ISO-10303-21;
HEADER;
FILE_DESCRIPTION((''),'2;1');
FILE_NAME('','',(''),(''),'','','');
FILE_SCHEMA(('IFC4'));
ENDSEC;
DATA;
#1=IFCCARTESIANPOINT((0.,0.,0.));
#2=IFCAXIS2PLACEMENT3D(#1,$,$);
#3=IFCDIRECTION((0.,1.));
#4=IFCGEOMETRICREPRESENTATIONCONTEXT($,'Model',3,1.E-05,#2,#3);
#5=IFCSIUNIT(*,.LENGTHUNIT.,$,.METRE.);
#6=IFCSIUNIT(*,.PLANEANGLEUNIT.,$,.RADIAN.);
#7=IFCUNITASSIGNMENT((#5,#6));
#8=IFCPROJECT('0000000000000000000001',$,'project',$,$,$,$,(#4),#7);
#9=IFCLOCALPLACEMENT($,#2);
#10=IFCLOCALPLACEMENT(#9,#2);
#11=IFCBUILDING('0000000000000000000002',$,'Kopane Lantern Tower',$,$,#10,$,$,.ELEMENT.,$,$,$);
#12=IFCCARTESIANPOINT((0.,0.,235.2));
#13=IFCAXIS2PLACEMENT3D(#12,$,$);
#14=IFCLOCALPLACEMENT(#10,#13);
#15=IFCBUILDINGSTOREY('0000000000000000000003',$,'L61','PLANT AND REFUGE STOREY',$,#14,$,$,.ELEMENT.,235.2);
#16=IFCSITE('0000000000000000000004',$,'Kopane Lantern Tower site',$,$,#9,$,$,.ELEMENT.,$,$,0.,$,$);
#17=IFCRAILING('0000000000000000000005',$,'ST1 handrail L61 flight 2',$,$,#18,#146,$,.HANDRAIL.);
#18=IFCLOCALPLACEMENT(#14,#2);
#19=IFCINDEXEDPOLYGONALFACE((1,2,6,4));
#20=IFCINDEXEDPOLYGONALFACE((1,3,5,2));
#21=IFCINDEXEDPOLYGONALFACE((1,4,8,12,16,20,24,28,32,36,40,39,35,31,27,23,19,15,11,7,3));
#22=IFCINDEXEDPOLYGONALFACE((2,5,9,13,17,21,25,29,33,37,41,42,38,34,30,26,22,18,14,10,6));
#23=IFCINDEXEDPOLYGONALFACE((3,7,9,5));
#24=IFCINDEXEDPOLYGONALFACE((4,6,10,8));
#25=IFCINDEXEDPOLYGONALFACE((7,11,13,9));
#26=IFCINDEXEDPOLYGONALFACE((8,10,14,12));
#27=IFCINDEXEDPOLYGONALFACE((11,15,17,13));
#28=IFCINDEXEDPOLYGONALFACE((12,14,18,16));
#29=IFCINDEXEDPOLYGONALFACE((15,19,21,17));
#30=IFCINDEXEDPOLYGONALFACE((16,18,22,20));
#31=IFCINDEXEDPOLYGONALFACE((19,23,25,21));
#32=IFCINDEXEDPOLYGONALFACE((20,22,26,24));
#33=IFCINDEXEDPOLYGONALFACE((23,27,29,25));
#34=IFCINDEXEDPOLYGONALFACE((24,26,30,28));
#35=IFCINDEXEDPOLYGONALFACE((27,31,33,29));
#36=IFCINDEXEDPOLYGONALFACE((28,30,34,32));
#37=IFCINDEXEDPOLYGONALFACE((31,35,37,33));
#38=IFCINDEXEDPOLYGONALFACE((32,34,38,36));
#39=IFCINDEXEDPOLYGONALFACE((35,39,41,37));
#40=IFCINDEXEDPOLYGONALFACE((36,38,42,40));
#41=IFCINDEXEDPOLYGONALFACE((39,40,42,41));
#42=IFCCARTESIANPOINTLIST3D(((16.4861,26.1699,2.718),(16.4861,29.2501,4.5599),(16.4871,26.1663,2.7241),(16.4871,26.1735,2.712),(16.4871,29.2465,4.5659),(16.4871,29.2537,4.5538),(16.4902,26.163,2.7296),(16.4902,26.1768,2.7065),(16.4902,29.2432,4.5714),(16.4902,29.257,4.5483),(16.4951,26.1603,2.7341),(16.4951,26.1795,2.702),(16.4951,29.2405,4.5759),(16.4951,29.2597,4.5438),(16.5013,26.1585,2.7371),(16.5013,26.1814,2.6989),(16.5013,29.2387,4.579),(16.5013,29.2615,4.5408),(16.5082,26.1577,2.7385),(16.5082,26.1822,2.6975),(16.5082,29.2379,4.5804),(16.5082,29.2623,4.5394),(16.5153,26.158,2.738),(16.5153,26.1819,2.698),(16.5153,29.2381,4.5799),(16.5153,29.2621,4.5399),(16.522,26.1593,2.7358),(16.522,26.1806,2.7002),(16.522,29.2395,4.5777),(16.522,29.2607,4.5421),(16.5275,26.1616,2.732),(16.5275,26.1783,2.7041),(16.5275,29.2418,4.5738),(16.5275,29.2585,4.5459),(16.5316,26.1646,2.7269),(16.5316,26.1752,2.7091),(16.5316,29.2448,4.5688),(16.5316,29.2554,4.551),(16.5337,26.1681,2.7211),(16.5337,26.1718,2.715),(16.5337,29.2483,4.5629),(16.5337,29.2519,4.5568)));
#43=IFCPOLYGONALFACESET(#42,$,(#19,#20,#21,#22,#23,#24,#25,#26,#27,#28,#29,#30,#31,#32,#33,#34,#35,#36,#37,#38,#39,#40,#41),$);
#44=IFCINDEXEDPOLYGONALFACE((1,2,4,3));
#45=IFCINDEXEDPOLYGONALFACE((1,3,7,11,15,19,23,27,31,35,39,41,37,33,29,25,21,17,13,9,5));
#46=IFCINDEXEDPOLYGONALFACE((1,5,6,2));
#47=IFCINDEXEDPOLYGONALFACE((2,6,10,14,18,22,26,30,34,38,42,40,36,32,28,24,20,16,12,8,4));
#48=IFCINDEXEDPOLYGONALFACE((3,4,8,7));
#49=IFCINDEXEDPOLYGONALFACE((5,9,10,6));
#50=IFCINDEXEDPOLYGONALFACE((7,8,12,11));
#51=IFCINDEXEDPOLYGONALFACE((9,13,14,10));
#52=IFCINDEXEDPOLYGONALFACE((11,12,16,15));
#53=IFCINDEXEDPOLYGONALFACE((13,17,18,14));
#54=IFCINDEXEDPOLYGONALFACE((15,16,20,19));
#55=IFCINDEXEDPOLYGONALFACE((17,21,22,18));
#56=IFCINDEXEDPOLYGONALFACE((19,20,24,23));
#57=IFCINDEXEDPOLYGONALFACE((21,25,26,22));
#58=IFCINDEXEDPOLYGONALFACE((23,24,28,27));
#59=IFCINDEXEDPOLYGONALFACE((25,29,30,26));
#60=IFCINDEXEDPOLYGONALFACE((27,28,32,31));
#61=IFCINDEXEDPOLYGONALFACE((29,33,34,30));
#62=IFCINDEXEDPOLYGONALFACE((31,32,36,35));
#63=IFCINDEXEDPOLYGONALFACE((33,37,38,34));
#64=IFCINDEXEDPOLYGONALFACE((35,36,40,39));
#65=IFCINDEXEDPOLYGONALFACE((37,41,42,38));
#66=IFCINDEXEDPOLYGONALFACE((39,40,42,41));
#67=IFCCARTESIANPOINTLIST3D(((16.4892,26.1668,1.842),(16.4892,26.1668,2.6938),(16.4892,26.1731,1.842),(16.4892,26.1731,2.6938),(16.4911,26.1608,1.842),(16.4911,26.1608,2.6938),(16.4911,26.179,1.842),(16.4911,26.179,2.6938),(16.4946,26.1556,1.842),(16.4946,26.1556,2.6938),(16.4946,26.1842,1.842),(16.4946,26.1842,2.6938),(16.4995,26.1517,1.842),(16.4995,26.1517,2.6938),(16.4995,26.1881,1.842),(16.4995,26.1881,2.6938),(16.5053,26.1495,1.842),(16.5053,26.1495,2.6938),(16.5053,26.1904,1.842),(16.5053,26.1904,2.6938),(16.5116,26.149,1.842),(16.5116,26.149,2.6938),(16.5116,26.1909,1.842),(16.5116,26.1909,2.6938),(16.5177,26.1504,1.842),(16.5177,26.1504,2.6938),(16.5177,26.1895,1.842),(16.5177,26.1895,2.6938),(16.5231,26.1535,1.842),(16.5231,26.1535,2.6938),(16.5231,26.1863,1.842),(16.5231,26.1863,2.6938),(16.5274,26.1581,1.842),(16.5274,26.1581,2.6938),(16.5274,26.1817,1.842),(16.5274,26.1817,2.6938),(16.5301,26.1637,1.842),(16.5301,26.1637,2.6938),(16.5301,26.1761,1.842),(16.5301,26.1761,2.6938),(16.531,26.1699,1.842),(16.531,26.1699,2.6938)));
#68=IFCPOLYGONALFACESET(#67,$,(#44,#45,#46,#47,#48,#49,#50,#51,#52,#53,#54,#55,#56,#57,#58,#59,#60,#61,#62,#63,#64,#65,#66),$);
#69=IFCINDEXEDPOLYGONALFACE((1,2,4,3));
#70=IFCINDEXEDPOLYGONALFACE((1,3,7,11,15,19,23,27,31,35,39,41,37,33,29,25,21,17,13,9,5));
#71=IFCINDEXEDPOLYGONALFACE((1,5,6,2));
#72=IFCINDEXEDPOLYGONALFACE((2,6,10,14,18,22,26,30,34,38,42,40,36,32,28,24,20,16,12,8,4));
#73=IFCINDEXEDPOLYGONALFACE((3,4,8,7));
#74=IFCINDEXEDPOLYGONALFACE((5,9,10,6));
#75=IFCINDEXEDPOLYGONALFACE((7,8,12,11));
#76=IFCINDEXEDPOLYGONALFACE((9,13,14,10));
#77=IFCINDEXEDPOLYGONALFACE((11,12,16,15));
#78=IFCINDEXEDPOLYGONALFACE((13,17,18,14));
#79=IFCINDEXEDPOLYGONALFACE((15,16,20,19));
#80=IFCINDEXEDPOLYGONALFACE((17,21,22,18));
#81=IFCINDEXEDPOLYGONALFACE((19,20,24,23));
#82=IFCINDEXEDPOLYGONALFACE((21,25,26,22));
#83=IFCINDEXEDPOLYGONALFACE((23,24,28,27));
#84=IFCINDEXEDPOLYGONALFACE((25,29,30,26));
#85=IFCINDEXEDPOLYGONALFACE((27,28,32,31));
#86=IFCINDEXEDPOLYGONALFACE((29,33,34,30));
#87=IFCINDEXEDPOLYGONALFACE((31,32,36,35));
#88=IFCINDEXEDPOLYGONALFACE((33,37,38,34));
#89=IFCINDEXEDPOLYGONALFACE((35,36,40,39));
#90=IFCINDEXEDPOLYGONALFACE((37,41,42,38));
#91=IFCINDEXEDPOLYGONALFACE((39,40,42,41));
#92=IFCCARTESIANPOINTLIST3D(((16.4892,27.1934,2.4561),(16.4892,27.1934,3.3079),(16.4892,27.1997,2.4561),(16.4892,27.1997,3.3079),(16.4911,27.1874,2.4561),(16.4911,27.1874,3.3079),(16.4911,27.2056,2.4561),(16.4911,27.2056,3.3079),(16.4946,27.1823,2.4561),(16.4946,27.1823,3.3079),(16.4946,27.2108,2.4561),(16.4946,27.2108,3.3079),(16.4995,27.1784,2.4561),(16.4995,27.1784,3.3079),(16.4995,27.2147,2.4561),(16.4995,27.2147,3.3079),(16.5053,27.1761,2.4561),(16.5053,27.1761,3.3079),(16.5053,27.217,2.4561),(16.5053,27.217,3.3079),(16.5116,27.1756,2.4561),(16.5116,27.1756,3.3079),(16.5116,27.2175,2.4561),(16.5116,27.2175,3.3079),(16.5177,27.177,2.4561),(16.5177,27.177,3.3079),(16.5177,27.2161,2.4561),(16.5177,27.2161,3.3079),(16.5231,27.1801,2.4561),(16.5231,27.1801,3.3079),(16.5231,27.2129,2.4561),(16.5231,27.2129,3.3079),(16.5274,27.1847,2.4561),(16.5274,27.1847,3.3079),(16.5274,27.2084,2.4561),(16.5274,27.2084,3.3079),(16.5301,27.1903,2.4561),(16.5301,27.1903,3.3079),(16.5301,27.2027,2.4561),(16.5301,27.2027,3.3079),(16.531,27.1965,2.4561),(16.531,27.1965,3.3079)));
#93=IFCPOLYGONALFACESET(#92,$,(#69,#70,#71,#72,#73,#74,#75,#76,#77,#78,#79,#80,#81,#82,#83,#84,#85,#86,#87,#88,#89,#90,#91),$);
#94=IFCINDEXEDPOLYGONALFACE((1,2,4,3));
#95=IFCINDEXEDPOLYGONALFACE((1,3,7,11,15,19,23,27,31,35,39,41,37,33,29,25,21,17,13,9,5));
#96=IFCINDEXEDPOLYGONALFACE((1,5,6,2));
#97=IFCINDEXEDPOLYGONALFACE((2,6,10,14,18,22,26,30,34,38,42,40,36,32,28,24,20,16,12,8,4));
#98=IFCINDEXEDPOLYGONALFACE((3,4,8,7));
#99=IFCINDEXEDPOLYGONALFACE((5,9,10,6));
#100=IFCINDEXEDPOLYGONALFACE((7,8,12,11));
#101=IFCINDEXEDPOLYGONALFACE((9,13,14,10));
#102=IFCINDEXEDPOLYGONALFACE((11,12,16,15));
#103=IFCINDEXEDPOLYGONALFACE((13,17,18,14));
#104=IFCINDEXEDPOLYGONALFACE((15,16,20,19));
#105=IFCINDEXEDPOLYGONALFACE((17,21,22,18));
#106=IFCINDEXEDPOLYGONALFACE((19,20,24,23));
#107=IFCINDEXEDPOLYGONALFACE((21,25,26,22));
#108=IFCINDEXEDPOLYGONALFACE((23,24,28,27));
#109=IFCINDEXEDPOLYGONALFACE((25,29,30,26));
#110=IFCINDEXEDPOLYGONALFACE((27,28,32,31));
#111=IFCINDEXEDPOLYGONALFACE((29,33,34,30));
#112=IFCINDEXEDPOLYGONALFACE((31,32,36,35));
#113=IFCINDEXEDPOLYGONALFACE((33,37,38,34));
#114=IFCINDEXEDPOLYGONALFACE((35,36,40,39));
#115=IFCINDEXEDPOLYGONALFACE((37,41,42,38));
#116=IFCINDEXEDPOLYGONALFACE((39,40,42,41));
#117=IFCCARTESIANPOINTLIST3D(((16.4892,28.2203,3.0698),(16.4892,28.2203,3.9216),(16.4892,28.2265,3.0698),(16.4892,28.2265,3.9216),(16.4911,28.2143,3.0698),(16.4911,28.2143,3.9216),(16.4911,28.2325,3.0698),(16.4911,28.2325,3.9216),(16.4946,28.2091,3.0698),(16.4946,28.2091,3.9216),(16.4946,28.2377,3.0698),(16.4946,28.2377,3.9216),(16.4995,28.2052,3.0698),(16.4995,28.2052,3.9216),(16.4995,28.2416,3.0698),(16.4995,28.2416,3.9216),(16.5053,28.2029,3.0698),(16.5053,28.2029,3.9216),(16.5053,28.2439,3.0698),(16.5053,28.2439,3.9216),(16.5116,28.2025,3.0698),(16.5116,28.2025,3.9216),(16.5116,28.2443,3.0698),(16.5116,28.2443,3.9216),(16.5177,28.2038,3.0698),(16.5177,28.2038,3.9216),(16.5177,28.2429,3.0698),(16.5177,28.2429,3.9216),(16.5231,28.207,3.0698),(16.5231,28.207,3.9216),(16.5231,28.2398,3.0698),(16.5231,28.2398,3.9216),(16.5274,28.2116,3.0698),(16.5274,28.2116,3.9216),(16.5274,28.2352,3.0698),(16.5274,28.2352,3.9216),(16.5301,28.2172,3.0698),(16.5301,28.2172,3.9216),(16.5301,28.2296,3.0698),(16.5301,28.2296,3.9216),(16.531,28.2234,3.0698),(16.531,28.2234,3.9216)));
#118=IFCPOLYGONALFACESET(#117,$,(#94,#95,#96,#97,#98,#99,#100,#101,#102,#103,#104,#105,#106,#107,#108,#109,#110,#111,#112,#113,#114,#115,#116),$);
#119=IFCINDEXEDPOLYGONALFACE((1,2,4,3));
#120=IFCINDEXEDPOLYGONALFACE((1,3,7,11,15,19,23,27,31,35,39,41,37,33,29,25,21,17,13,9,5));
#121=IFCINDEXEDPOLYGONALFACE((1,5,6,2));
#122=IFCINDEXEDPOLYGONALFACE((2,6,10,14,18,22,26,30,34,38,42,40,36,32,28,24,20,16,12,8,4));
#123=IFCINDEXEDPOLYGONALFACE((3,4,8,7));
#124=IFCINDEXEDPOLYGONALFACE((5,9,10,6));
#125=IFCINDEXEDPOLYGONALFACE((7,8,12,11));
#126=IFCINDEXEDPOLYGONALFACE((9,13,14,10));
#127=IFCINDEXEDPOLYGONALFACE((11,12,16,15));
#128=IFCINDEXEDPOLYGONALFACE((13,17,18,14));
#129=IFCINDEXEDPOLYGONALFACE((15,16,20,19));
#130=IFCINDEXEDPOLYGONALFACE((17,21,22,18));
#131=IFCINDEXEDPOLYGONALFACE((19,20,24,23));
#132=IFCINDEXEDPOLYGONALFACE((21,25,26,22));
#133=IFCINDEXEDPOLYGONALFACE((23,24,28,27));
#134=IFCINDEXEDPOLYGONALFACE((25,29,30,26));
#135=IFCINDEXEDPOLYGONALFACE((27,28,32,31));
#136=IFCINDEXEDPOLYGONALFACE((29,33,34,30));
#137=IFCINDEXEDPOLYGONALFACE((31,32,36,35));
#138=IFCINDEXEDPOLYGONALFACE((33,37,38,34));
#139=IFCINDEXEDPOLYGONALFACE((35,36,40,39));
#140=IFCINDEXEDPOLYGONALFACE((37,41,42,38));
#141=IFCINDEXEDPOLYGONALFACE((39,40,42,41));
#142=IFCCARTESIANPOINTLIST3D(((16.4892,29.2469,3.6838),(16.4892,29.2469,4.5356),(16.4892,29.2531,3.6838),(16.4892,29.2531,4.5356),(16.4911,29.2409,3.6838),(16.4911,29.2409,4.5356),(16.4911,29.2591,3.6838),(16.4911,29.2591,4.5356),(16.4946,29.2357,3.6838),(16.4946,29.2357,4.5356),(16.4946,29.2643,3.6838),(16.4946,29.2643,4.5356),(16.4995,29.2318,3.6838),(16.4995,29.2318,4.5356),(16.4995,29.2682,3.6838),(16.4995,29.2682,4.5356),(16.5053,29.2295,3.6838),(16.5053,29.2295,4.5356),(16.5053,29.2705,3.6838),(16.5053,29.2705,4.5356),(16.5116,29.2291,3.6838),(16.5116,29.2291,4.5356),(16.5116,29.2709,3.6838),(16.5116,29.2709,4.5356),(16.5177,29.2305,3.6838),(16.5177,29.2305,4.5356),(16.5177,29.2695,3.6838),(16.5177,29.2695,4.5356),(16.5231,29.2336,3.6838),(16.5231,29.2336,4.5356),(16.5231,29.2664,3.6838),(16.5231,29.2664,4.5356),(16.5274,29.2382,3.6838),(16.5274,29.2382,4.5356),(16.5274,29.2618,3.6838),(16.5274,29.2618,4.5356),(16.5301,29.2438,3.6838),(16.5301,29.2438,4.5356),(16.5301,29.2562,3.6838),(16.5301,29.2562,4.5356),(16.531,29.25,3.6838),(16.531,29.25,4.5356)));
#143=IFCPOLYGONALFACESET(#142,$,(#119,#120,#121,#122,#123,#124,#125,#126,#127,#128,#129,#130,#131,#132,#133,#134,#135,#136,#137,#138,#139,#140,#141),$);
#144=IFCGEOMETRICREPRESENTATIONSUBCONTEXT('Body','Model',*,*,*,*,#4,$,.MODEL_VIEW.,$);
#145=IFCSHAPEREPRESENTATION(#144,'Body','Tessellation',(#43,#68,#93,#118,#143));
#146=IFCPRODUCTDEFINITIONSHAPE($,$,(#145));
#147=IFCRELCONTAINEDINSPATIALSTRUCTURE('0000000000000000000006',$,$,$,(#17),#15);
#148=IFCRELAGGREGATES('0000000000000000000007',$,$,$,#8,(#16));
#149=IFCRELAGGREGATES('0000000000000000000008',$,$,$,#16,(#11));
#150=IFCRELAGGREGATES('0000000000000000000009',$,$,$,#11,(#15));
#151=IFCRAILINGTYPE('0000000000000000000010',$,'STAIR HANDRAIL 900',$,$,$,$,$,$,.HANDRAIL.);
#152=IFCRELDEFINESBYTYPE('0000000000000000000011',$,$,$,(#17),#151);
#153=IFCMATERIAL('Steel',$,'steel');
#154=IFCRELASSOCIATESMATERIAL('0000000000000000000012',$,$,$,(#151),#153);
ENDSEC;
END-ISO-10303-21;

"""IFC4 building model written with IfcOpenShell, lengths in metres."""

from ifc_helpers import new_model, si_unit, direction, frame, origin, origin_2d, place, context, subcontext, project, spatial, circle, extrude, material, type_object, element, save


model = new_model("IFC4")

# Units and contexts
model_context = context("Model", 3, precision=1e-05, world=origin(), true_north=direction((0.0, 1.0)))
body_context = subcontext(model_context, "Body", "Model", "MODEL_VIEW")
ifc_project = project(units=[si_unit("LENGTHUNIT", "METRE"), si_unit("PLANEANGLEUNIT", "RADIAN")], contexts=[model_context])

# Site, building, storey
site_placement = place(None, origin())
site = spatial("IfcSite", under=ifc_project, at=site_placement, Name="Kopane Lantern Tower site", CompositionType="ELEMENT", RefElevation=0.0)
building_placement = place(site_placement, origin())
building = spatial("IfcBuilding", under=site, at=building_placement, Name="Kopane Lantern Tower", CompositionType="ELEMENT")
storey_placement = place(building_placement, frame((0.0, 0.0, 235.2)))
storey = spatial("IfcBuildingStorey", under=building, at=storey_placement, Name="L61", Description="PLANT AND REFUGE STOREY", CompositionType="ELEMENT", Elevation=235.2)

# Railing
ifc_material_1 = material(Name="Steel", Category="steel")
railing_type = type_object("IfcRailingType", Name="STAIR HANDRAIL 900", PredefinedType="HANDRAIL", material=ifc_material_1)
for number, where, name in (
    (1, (16.51, 26.1699, 1.842), "ST1 handrail L61 flight 2"),
):
    element("IfcRailing", number, at=place(storey_placement, frame(where)), inside=storey, type_object=railing_type, Name=name, PredefinedType="HANDRAIL", context=body_context, shape_type="SweptSolid", body=[
        extrude(circle(Radius=0.0239, at=origin_2d()), frame((0.0, 0.0, 0.876), z_axis=(0.0, 0.85826, 0.513215), x_axis=(-1.0, 0.0, 0.0)), (0.0, 0.0, 1.0), 3.5889),
        extrude(circle(Radius=0.021, at=origin_2d()), origin(), (0.0, 0.0, 1.0), 0.8518),
        extrude(circle(Radius=0.021, at=origin_2d()), frame((0.0, 1.0266, 0.614)), (0.0, 0.0, 1.0), 0.8518),
        extrude(circle(Radius=0.021, at=origin_2d()), frame((0.0, 2.0535, 1.2278)), (0.0, 0.0, 1.0), 0.8518),
        extrude(circle(Radius=0.021, at=origin_2d()), frame((0.0, 3.0801, 1.8418)), (0.0, 0.0, 1.0), 0.8518),
    ])

save(model, "model.ifc")
